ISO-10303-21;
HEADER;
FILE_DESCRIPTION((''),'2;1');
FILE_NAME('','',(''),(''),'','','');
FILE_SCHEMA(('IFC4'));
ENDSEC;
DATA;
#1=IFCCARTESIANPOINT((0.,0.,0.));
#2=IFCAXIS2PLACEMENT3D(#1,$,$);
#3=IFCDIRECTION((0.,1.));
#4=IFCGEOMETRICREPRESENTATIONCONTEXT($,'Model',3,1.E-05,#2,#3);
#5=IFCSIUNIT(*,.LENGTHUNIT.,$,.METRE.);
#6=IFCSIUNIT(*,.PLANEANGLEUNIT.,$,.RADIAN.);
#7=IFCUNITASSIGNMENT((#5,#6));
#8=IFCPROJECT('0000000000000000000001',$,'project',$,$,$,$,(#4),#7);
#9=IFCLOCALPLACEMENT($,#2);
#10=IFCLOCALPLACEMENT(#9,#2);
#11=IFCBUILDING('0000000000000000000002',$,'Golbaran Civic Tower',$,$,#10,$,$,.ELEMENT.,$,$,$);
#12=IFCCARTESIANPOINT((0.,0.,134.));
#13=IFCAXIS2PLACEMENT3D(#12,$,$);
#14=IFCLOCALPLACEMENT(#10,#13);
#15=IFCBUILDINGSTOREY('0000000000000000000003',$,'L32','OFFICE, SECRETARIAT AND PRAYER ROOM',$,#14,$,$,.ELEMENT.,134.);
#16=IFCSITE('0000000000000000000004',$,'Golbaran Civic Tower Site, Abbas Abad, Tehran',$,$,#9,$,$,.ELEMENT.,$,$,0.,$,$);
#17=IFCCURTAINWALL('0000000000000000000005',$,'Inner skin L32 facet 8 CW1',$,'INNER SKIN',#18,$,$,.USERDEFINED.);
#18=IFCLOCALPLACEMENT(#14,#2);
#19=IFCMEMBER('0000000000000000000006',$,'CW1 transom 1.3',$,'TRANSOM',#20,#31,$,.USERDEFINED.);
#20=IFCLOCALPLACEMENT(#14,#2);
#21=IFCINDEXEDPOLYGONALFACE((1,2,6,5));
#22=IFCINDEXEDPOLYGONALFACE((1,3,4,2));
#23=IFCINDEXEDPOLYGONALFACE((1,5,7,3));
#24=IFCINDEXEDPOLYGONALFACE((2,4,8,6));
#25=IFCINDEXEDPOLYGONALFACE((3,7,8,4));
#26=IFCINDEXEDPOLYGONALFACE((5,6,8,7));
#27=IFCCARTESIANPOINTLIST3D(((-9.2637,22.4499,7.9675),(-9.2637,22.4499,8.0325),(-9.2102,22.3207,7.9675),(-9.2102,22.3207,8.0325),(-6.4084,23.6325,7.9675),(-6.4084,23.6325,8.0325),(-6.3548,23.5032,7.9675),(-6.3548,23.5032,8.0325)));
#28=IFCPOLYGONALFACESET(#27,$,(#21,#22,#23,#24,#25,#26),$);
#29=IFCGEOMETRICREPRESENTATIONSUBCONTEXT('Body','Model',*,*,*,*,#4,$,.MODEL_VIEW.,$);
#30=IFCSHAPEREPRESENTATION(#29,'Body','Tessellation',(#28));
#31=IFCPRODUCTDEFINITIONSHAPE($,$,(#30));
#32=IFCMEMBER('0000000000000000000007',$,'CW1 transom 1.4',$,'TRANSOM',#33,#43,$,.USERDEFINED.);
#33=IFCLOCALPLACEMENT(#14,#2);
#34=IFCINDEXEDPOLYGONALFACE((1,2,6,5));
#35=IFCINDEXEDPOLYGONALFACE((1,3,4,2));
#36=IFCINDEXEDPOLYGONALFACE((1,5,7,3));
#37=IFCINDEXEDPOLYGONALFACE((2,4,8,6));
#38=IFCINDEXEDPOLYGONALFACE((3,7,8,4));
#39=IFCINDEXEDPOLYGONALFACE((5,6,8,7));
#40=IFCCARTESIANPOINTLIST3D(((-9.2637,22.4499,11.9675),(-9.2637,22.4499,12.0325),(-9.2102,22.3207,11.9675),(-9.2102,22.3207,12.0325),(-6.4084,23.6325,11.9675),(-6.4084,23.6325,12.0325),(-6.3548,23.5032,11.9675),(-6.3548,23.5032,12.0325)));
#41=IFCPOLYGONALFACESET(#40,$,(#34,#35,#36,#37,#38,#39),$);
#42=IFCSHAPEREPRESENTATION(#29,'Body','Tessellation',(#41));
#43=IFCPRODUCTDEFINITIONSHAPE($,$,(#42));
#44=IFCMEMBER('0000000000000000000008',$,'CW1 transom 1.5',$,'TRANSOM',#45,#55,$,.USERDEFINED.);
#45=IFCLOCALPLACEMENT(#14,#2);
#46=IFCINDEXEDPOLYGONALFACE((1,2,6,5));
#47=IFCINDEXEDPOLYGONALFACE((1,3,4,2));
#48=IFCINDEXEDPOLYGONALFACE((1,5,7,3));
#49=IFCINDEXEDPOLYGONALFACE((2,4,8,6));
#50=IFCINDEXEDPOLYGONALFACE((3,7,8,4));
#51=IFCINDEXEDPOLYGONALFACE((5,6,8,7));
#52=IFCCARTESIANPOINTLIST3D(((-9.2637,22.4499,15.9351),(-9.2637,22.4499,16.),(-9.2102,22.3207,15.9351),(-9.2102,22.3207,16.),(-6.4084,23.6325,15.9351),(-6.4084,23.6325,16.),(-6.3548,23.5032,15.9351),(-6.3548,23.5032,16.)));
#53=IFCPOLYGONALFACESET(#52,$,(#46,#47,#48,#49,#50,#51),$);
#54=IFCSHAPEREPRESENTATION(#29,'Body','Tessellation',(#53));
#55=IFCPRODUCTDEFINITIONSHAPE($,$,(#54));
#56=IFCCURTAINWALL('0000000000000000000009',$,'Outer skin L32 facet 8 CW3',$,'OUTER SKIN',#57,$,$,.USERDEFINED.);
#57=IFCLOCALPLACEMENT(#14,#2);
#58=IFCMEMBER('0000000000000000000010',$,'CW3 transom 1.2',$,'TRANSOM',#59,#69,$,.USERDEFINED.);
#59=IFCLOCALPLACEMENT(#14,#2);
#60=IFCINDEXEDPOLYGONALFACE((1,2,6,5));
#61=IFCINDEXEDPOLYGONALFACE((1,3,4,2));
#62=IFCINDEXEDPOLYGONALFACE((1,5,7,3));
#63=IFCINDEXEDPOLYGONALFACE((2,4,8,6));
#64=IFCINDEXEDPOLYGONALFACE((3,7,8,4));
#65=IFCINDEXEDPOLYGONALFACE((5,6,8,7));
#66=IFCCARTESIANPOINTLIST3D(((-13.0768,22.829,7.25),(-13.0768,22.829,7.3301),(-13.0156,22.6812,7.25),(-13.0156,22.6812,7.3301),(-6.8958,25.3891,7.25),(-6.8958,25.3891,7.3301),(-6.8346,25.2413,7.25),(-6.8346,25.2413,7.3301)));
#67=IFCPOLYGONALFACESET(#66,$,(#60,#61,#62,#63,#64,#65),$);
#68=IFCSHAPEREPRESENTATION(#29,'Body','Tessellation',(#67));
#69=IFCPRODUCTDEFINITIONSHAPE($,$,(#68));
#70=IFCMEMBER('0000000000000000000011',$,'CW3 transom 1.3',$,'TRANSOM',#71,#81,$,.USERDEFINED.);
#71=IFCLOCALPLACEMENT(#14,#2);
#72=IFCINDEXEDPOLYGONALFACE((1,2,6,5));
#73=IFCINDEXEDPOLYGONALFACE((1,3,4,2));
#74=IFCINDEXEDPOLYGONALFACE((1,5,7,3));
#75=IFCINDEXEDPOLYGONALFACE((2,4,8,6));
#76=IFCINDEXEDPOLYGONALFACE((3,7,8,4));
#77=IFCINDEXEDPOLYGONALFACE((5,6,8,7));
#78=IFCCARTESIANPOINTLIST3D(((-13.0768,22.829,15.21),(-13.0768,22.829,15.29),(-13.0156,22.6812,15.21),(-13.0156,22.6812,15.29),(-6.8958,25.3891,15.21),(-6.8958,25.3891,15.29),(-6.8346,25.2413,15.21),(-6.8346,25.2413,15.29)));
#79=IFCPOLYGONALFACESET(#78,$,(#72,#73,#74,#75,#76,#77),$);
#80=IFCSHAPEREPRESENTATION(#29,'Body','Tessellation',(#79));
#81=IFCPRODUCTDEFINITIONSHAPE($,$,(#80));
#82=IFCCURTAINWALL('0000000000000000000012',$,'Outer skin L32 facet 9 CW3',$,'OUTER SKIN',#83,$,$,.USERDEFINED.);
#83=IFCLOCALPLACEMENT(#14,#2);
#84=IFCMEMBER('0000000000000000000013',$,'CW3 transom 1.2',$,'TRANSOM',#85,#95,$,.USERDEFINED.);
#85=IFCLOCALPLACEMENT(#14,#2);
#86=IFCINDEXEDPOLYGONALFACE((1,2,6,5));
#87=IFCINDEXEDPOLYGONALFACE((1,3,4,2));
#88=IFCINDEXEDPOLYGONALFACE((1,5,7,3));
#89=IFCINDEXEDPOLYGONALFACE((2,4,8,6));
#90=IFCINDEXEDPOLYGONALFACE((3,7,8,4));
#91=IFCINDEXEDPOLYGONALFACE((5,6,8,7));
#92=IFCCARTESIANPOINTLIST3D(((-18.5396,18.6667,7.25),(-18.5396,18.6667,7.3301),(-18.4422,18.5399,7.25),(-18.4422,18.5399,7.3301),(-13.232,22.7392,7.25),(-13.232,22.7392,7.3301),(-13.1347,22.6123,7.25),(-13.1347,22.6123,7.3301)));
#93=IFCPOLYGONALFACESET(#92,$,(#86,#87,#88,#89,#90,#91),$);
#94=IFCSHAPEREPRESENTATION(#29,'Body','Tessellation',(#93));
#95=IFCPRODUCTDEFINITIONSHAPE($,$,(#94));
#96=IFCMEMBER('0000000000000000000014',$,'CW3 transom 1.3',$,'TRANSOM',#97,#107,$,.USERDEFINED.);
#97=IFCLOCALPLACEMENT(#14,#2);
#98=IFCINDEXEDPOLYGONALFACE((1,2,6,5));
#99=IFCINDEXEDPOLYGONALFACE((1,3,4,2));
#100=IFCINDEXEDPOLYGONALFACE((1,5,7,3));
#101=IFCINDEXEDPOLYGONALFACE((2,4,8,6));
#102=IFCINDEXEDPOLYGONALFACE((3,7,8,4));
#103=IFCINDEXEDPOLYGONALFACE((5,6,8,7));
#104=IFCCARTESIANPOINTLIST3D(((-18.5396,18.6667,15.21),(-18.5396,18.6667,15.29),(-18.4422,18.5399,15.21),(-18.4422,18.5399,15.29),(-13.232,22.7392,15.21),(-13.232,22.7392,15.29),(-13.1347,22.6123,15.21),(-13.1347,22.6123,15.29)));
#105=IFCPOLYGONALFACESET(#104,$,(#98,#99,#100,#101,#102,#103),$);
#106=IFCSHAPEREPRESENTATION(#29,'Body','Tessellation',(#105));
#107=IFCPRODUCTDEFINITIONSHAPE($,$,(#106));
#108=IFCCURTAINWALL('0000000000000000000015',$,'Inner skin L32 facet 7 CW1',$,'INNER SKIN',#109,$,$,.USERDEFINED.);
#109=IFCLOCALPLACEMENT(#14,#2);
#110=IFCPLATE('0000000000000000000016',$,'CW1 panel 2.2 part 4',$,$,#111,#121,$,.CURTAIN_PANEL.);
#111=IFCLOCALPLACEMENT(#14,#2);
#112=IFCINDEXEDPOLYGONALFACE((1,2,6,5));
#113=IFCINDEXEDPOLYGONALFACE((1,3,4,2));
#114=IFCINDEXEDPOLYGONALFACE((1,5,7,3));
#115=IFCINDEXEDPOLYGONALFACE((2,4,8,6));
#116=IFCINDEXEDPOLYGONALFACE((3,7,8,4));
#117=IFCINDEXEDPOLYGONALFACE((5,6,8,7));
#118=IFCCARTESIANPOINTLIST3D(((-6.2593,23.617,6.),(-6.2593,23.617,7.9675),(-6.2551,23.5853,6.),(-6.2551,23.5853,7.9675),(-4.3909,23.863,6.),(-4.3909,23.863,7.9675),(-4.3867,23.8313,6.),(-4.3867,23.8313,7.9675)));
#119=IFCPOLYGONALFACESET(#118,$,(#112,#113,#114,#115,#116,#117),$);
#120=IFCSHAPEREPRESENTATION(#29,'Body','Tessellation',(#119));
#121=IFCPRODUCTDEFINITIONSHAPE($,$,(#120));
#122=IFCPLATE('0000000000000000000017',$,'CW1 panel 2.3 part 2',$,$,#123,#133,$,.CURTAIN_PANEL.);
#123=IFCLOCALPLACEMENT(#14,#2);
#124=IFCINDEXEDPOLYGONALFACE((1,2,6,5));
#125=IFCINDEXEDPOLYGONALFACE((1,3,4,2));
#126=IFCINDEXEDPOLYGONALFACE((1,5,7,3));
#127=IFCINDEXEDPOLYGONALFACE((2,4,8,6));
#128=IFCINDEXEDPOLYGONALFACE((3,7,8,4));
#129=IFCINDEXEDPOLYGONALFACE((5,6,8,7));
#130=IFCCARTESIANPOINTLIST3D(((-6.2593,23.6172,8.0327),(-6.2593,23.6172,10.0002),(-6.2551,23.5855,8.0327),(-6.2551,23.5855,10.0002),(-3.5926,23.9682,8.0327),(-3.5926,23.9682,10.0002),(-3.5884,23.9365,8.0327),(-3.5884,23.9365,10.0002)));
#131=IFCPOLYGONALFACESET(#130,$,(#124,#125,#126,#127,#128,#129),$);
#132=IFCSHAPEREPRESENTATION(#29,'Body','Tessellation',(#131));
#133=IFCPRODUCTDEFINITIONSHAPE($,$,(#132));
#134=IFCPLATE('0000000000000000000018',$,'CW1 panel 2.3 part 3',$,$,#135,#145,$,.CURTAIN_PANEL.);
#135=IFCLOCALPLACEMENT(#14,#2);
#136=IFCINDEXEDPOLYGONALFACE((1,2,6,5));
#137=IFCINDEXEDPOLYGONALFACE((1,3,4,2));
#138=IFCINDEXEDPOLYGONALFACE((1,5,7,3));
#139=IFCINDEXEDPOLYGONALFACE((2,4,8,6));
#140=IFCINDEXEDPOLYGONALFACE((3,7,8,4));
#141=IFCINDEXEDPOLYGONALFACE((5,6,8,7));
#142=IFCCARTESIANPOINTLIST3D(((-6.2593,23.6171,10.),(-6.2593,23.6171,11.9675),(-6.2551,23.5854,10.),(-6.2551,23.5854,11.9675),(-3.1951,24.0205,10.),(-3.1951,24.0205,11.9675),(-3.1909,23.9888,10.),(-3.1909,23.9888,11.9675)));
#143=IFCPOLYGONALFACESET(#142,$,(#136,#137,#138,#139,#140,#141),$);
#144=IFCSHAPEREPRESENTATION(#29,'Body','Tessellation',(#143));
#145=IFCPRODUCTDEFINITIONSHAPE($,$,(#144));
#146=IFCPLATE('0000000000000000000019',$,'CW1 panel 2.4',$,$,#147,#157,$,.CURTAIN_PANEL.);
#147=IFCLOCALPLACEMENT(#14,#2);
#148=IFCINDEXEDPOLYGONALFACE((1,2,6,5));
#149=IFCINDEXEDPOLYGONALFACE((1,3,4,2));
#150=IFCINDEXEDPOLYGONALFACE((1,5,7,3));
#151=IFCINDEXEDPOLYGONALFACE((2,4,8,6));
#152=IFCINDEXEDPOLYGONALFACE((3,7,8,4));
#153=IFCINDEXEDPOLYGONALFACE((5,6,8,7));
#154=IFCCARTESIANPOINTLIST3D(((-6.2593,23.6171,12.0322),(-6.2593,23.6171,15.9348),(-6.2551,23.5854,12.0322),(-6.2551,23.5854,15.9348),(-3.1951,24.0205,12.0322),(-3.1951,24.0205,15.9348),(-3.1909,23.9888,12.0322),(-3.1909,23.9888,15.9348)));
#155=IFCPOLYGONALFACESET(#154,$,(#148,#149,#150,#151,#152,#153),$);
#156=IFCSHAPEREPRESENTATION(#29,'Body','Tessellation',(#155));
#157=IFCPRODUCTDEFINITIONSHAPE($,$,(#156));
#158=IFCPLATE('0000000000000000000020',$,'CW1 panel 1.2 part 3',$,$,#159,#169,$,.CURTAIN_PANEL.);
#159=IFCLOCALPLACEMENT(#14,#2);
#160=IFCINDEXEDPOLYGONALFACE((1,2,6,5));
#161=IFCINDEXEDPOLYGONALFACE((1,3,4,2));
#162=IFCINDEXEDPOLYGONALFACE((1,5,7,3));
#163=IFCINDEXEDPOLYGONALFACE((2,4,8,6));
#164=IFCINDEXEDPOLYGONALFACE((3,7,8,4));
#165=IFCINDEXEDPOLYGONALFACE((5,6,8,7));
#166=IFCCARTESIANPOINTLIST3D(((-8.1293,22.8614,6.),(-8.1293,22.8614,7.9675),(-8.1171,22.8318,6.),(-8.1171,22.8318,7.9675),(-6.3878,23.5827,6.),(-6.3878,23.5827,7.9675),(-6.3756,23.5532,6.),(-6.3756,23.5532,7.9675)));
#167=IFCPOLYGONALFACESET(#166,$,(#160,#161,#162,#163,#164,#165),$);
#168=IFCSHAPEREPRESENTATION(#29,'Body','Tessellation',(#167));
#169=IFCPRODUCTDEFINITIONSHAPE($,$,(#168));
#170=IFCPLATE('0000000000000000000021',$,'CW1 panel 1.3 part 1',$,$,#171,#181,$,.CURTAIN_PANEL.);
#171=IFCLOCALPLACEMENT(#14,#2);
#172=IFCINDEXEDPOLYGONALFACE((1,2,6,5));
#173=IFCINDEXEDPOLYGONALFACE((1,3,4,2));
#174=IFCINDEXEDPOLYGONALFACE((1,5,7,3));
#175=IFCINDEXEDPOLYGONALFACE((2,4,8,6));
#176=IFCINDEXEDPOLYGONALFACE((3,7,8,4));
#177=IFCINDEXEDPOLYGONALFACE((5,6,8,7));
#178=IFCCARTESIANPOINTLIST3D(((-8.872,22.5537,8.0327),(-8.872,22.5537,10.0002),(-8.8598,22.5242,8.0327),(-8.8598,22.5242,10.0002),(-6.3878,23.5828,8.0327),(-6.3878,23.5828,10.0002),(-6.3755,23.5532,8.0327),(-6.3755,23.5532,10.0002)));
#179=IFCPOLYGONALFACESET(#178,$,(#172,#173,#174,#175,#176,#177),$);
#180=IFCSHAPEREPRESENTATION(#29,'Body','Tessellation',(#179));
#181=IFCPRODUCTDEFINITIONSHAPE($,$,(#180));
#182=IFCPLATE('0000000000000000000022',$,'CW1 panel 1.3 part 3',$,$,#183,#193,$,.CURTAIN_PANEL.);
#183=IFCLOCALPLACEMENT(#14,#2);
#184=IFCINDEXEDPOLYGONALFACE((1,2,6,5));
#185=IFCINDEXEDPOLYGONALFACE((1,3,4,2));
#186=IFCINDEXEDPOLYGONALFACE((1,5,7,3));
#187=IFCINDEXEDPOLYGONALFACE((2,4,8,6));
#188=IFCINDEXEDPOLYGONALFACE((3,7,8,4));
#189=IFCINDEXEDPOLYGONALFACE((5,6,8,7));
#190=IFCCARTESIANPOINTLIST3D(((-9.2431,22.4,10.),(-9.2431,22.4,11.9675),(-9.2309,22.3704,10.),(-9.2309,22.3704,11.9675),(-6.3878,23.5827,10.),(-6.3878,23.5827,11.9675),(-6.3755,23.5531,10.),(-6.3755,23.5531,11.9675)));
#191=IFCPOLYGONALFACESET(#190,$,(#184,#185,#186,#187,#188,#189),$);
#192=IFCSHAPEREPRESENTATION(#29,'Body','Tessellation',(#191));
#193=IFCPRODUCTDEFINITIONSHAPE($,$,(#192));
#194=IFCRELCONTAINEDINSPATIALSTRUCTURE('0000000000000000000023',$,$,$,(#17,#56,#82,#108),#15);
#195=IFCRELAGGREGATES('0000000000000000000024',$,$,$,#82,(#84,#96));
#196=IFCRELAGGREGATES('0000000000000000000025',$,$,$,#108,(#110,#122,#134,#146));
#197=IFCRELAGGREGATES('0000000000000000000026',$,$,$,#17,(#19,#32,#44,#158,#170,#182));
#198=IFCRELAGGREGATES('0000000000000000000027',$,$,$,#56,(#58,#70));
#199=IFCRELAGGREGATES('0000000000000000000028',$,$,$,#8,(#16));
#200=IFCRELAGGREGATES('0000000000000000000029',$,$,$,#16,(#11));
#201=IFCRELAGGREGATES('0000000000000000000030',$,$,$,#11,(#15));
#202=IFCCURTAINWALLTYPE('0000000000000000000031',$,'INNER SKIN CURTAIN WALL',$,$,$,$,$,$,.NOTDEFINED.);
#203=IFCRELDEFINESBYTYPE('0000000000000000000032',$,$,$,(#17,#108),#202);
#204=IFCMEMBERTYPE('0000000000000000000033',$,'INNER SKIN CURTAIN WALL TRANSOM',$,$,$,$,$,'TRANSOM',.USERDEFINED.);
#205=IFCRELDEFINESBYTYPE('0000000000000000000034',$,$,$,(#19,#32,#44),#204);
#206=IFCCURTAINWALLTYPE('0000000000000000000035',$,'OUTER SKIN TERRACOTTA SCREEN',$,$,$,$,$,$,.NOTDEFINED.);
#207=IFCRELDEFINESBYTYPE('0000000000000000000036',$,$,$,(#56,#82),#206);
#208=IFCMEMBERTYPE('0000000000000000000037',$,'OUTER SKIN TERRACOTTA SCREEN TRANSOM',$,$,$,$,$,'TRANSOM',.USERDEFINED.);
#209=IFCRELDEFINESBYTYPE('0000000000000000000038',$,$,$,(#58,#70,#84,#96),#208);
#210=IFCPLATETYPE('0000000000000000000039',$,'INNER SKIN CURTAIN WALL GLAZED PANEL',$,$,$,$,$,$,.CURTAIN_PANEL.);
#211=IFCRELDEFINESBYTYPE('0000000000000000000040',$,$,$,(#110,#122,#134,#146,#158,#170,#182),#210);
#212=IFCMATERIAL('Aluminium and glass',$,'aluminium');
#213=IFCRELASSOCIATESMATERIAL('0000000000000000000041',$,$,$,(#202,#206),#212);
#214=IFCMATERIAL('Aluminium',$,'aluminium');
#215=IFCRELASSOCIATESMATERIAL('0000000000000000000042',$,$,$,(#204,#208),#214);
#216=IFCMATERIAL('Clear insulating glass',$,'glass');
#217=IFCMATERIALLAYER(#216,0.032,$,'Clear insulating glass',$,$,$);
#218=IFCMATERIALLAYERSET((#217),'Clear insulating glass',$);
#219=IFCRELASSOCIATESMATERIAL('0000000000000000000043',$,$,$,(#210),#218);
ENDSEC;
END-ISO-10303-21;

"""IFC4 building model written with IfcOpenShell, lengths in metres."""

from ifc_helpers import new_model, si_unit, direction, frame, origin, origin_2d, place, context, subcontext, project, spatial, rectangle, extrude, material, layer, layer_set, material_profile, profile_set, type_object, element, aggregate, save


model = new_model("IFC4")

# Units and contexts
model_context = context("Model", 3, precision=1e-05, world=origin(), true_north=direction((0.0, 1.0)))
body_context = subcontext(model_context, "Body", "Model", "MODEL_VIEW")
ifc_project = project(units=[si_unit("LENGTHUNIT", "METRE"), si_unit("PLANEANGLEUNIT", "RADIAN")], contexts=[model_context])

# Site, building, storey
site_placement = place(None, origin())
site = spatial("IfcSite", under=ifc_project, at=site_placement, Name="Golbaran Civic Tower Site, Abbas Abad, Tehran", CompositionType="ELEMENT", RefElevation=0.0)
building_placement = place(site_placement, origin())
building = spatial("IfcBuilding", under=site, at=building_placement, Name="Golbaran Civic Tower", CompositionType="ELEMENT")
storey_placement = place(building_placement, frame((0.0, 0.0, 134.0)))
storey = spatial("IfcBuildingStorey", under=building, at=storey_placement, Name="L32", Description="OFFICE, SECRETARIAT AND PRAYER ROOM", CompositionType="ELEMENT", Elevation=134.0)

# Curtain walls, members
ifc_material_1 = material(Name="Aluminium and glass", Category="aluminium")
curtain_wall_type_1 = type_object("IfcCurtainWallType", Name="INNER SKIN CURTAIN WALL", PredefinedType="NOTDEFINED", material=ifc_material_1)
curtain_wall_1_placement = place(storey_placement, origin())
curtain_wall_1 = element("IfcCurtainWall", 1, at=curtain_wall_1_placement, inside=storey, type_object=curtain_wall_type_1, Name="Inner skin L32 facet 8 CW1", ObjectType="INNER SKIN", PredefinedType="USERDEFINED")
ifc_material_2 = material(Name="Aluminium", Category="aluminium")
ifc_material_profile_1 = material_profile(ifc_material_2, rectangle(XDim=0.1399, YDim=0.0649, at=origin_2d()), Name="INNER SKIN CURTAIN WALL TRANSOM")
ifc_profile_set_1 = profile_set([ifc_material_profile_1], Name="Aluminium")
member_type_1 = type_object("IfcMemberType", Name="INNER SKIN CURTAIN WALL TRANSOM", ElementType="TRANSOM", PredefinedType="USERDEFINED", material=ifc_profile_set_1)
member_1_placement = place(storey_placement, frame((-6.3816, 23.5679, 8.0), z_axis=(-0.923897, -0.38264, 0.0), x_axis=(0.38264, -0.923897, 0.0)))
member_1 = element("IfcMember", 2, at=member_1_placement, type_object=member_type_1, Name="CW1 transom 1.3", ObjectType="TRANSOM", PredefinedType="USERDEFINED", context=body_context, shape_type="SweptSolid", body=[
    extrude(rectangle(XDim=0.1399, YDim=0.0649, at=origin_2d()), origin(), (0.0, 0.0, 1.0), 3.0906),
])
member_2_placement = place(storey_placement, frame((-6.3816, 23.5679, 12.0), z_axis=(-0.923897, -0.38264, 0.0), x_axis=(0.38264, -0.923897, 0.0)))
member_2 = element("IfcMember", 3, at=member_2_placement, type_object=member_type_1, Name="CW1 transom 1.4", ObjectType="TRANSOM", PredefinedType="USERDEFINED", context=body_context, shape_type="SweptSolid", body=[
    extrude(rectangle(XDim=0.1399, YDim=0.0649, at=origin_2d()), origin(), (0.0, 0.0, 1.0), 3.0906),
])
member_3_placement = place(storey_placement, frame((-6.3816, 23.5679, 15.9675), z_axis=(-0.923897, -0.38264, 0.0), x_axis=(0.38264, -0.923897, 0.0)))
member_3 = element("IfcMember", 4, at=member_3_placement, type_object=member_type_1, Name="CW1 transom 1.5", ObjectType="TRANSOM", PredefinedType="USERDEFINED", context=body_context, shape_type="SweptSolid", body=[
    extrude(rectangle(XDim=0.1399, YDim=0.0649, at=origin_2d()), origin(), (0.0, 0.0, 1.0), 3.0906),
])
curtain_wall_type_2 = type_object("IfcCurtainWallType", Name="OUTER SKIN TERRACOTTA SCREEN", PredefinedType="NOTDEFINED", material=ifc_material_1)
curtain_wall_2_placement = place(storey_placement, origin())
curtain_wall_2 = element("IfcCurtainWall", 5, at=curtain_wall_2_placement, inside=storey, type_object=curtain_wall_type_2, Name="Outer skin L32 facet 8 CW3", ObjectType="OUTER SKIN", PredefinedType="USERDEFINED")
ifc_material_profile_2 = material_profile(ifc_material_2, rectangle(XDim=0.1599, YDim=0.0801, at=origin_2d()), Name="OUTER SKIN TERRACOTTA SCREEN TRANSOM")
ifc_profile_set_2 = profile_set([ifc_material_profile_2], Name="Aluminium")
member_type_2 = type_object("IfcMemberType", Name="OUTER SKIN TERRACOTTA SCREEN TRANSOM", ElementType="TRANSOM", PredefinedType="USERDEFINED", material=ifc_profile_set_2)
member_4_placement = place(storey_placement, frame((-6.8652, 25.3152, 7.29), z_axis=(-0.923888, -0.382663, 0.0), x_axis=(0.382663, -0.923888, 0.0)))
member_4 = element("IfcMember", 6, at=member_4_placement, type_object=member_type_2, Name="CW3 transom 1.2", ObjectType="TRANSOM", PredefinedType="USERDEFINED", context=body_context, shape_type="SweptSolid", body=[
    extrude(rectangle(XDim=0.1599, YDim=0.0801, at=origin_2d()), origin(), (0.0, 0.0, 1.0), 6.6902),
])
member_5_placement = place(storey_placement, frame((-6.8652, 25.3152, 15.25), z_axis=(-0.923888, -0.382663, 0.0), x_axis=(0.382663, -0.923888, 0.0)))
member_5 = element("IfcMember", 7, at=member_5_placement, type_object=member_type_2, Name="CW3 transom 1.3", ObjectType="TRANSOM", PredefinedType="USERDEFINED", context=body_context, shape_type="SweptSolid", body=[
    extrude(rectangle(XDim=0.1599, YDim=0.0801, at=origin_2d()), origin(), (0.0, 0.0, 1.0), 6.6902),
])
curtain_wall_3_placement = place(storey_placement, origin())
curtain_wall_3 = element("IfcCurtainWall", 8, at=curtain_wall_3_placement, inside=storey, type_object=curtain_wall_type_2, Name="Outer skin L32 facet 9 CW3", ObjectType="OUTER SKIN", PredefinedType="USERDEFINED")
member_6_placement = place(storey_placement, frame((-13.1833, 22.6758, 7.29), z_axis=(-0.793365, -0.608746, 0.0), x_axis=(0.608746, -0.793365, 0.0)))
member_6 = element("IfcMember", 9, at=member_6_placement, type_object=member_type_2, Name="CW3 transom 1.2", ObjectType="TRANSOM", PredefinedType="USERDEFINED", context=body_context, shape_type="SweptSolid", body=[
    extrude(rectangle(XDim=0.1599, YDim=0.0801, at=origin_2d()), origin(), (0.0, 0.0, 1.0), 6.6899),
])
member_7_placement = place(storey_placement, frame((-13.1833, 22.6758, 15.25), z_axis=(-0.793365, -0.608746, 0.0), x_axis=(0.608746, -0.793365, 0.0)))
member_7 = element("IfcMember", 10, at=member_7_placement, type_object=member_type_2, Name="CW3 transom 1.3", ObjectType="TRANSOM", PredefinedType="USERDEFINED", context=body_context, shape_type="SweptSolid", body=[
    extrude(rectangle(XDim=0.1599, YDim=0.0801, at=origin_2d()), origin(), (0.0, 0.0, 1.0), 6.6899),
])
aggregate(curtain_wall_3, [member_6, member_7])

# Curtain wall, plates
curtain_wall_4_placement = place(storey_placement, origin())
curtain_wall_4 = element("IfcCurtainWall", 11, at=curtain_wall_4_placement, inside=storey, type_object=curtain_wall_type_1, Name="Inner skin L32 facet 7 CW1", ObjectType="INNER SKIN", PredefinedType="USERDEFINED")
ifc_material_3 = material(Name="Clear insulating glass", Category="glass")
ifc_layer_1 = layer(ifc_material_3, 0.032, Name="Clear insulating glass")
ifc_layer_set_1 = layer_set([ifc_layer_1], Name="Clear insulating glass")
plate_type_1 = type_object("IfcPlateType", Name="INNER SKIN CURTAIN WALL GLAZED PANEL", PredefinedType="CURTAIN_PANEL", material=ifc_layer_set_1)
plate_1_placement = place(storey_placement, frame((-5.323, 23.7241, 6.0), z_axis=(0.0, 0.0, 1.0), x_axis=(-0.991445, -0.130526, 0.0)))
plate_1 = element("IfcPlate", 12, at=plate_1_placement, type_object=plate_type_1, Name="CW1 panel 2.2 part 4", PredefinedType="CURTAIN_PANEL", context=body_context, shape_type="SweptSolid", body=[
    extrude(rectangle(XDim=1.8845, YDim=0.032, at=origin_2d()), origin(), (0.0, 0.0, 1.0), 1.9675),
])
plate_2_placement = place(storey_placement, frame((-4.9238, 23.7769, 8.0327), z_axis=(0.0, 0.0, 1.0), x_axis=(-0.991445, -0.130526, 0.0)))
plate_2 = element("IfcPlate", 13, at=plate_2_placement, type_object=plate_type_1, Name="CW1 panel 2.3 part 2", PredefinedType="CURTAIN_PANEL", context=body_context, shape_type="SweptSolid", body=[
    extrude(rectangle(XDim=2.6897, YDim=0.032, at=origin_2d()), origin(), (0.0, 0.0, 1.0), 1.9675),
])
plate_3_placement = place(storey_placement, frame((-4.7251, 23.803, 10.0), z_axis=(0.0, 0.0, 1.0), x_axis=(-0.991445, -0.130526, 0.0)))
plate_3 = element("IfcPlate", 14, at=plate_3_placement, type_object=plate_type_1, Name="CW1 panel 2.3 part 3", PredefinedType="CURTAIN_PANEL", context=body_context, shape_type="SweptSolid", body=[
    extrude(rectangle(XDim=3.0906, YDim=0.032, at=origin_2d()), origin(), (0.0, 0.0, 1.0), 1.9675),
])
plate_4_placement = place(storey_placement, frame((-4.7251, 23.803, 12.0322), z_axis=(0.0, 0.0, 1.0), x_axis=(-0.991445, -0.130526, 0.0)))
plate_4 = element("IfcPlate", 15, at=plate_4_placement, type_object=plate_type_1, Name="CW1 panel 2.4", PredefinedType="CURTAIN_PANEL", context=body_context, shape_type="SweptSolid", body=[
    extrude(rectangle(XDim=3.0906, YDim=0.032, at=origin_2d()), origin(), (0.0, 0.0, 1.0), 3.9026),
])

# Plates
plate_5_placement = place(storey_placement, frame((-7.2524, 23.2073, 6.0), z_axis=(0.0, 0.0, 1.0), x_axis=(-0.92388, -0.382683, 0.0)))
plate_5 = element("IfcPlate", 16, at=plate_5_placement, type_object=plate_type_1, Name="CW1 panel 1.2 part 3", PredefinedType="CURTAIN_PANEL", context=body_context, shape_type="SweptSolid", body=[
    extrude(rectangle(XDim=1.885, YDim=0.032, at=origin_2d()), origin(), (0.0, 0.0, 1.0), 1.9675),
])
plate_6_placement = place(storey_placement, frame((-7.6238, 23.0535, 8.0327), z_axis=(0.0, 0.0, 1.0), x_axis=(-0.92388, -0.382683, 0.0)))
plate_6 = element("IfcPlate", 17, at=plate_6_placement, type_object=plate_type_1, Name="CW1 panel 1.3 part 1", PredefinedType="CURTAIN_PANEL", context=body_context, shape_type="SweptSolid", body=[
    extrude(rectangle(XDim=2.689, YDim=0.032, at=origin_2d()), origin(), (0.0, 0.0, 1.0), 1.9675),
])
plate_7_placement = place(storey_placement, frame((-7.8093, 22.9766, 10.0), z_axis=(0.0, 0.0, 1.0), x_axis=(-0.92388, -0.382683, 0.0)))
plate_7 = element("IfcPlate", 18, at=plate_7_placement, type_object=plate_type_1, Name="CW1 panel 1.3 part 3", PredefinedType="CURTAIN_PANEL", context=body_context, shape_type="SweptSolid", body=[
    extrude(rectangle(XDim=3.0906, YDim=0.032, at=origin_2d()), origin(), (0.0, 0.0, 1.0), 1.9675),
])
aggregate(curtain_wall_4, [plate_1, plate_2, plate_3, plate_4])
aggregate(curtain_wall_1, [member_1, member_2, member_3, plate_5, plate_6, plate_7])
aggregate(curtain_wall_2, [member_4, member_5])

save(model, "model.ifc")
